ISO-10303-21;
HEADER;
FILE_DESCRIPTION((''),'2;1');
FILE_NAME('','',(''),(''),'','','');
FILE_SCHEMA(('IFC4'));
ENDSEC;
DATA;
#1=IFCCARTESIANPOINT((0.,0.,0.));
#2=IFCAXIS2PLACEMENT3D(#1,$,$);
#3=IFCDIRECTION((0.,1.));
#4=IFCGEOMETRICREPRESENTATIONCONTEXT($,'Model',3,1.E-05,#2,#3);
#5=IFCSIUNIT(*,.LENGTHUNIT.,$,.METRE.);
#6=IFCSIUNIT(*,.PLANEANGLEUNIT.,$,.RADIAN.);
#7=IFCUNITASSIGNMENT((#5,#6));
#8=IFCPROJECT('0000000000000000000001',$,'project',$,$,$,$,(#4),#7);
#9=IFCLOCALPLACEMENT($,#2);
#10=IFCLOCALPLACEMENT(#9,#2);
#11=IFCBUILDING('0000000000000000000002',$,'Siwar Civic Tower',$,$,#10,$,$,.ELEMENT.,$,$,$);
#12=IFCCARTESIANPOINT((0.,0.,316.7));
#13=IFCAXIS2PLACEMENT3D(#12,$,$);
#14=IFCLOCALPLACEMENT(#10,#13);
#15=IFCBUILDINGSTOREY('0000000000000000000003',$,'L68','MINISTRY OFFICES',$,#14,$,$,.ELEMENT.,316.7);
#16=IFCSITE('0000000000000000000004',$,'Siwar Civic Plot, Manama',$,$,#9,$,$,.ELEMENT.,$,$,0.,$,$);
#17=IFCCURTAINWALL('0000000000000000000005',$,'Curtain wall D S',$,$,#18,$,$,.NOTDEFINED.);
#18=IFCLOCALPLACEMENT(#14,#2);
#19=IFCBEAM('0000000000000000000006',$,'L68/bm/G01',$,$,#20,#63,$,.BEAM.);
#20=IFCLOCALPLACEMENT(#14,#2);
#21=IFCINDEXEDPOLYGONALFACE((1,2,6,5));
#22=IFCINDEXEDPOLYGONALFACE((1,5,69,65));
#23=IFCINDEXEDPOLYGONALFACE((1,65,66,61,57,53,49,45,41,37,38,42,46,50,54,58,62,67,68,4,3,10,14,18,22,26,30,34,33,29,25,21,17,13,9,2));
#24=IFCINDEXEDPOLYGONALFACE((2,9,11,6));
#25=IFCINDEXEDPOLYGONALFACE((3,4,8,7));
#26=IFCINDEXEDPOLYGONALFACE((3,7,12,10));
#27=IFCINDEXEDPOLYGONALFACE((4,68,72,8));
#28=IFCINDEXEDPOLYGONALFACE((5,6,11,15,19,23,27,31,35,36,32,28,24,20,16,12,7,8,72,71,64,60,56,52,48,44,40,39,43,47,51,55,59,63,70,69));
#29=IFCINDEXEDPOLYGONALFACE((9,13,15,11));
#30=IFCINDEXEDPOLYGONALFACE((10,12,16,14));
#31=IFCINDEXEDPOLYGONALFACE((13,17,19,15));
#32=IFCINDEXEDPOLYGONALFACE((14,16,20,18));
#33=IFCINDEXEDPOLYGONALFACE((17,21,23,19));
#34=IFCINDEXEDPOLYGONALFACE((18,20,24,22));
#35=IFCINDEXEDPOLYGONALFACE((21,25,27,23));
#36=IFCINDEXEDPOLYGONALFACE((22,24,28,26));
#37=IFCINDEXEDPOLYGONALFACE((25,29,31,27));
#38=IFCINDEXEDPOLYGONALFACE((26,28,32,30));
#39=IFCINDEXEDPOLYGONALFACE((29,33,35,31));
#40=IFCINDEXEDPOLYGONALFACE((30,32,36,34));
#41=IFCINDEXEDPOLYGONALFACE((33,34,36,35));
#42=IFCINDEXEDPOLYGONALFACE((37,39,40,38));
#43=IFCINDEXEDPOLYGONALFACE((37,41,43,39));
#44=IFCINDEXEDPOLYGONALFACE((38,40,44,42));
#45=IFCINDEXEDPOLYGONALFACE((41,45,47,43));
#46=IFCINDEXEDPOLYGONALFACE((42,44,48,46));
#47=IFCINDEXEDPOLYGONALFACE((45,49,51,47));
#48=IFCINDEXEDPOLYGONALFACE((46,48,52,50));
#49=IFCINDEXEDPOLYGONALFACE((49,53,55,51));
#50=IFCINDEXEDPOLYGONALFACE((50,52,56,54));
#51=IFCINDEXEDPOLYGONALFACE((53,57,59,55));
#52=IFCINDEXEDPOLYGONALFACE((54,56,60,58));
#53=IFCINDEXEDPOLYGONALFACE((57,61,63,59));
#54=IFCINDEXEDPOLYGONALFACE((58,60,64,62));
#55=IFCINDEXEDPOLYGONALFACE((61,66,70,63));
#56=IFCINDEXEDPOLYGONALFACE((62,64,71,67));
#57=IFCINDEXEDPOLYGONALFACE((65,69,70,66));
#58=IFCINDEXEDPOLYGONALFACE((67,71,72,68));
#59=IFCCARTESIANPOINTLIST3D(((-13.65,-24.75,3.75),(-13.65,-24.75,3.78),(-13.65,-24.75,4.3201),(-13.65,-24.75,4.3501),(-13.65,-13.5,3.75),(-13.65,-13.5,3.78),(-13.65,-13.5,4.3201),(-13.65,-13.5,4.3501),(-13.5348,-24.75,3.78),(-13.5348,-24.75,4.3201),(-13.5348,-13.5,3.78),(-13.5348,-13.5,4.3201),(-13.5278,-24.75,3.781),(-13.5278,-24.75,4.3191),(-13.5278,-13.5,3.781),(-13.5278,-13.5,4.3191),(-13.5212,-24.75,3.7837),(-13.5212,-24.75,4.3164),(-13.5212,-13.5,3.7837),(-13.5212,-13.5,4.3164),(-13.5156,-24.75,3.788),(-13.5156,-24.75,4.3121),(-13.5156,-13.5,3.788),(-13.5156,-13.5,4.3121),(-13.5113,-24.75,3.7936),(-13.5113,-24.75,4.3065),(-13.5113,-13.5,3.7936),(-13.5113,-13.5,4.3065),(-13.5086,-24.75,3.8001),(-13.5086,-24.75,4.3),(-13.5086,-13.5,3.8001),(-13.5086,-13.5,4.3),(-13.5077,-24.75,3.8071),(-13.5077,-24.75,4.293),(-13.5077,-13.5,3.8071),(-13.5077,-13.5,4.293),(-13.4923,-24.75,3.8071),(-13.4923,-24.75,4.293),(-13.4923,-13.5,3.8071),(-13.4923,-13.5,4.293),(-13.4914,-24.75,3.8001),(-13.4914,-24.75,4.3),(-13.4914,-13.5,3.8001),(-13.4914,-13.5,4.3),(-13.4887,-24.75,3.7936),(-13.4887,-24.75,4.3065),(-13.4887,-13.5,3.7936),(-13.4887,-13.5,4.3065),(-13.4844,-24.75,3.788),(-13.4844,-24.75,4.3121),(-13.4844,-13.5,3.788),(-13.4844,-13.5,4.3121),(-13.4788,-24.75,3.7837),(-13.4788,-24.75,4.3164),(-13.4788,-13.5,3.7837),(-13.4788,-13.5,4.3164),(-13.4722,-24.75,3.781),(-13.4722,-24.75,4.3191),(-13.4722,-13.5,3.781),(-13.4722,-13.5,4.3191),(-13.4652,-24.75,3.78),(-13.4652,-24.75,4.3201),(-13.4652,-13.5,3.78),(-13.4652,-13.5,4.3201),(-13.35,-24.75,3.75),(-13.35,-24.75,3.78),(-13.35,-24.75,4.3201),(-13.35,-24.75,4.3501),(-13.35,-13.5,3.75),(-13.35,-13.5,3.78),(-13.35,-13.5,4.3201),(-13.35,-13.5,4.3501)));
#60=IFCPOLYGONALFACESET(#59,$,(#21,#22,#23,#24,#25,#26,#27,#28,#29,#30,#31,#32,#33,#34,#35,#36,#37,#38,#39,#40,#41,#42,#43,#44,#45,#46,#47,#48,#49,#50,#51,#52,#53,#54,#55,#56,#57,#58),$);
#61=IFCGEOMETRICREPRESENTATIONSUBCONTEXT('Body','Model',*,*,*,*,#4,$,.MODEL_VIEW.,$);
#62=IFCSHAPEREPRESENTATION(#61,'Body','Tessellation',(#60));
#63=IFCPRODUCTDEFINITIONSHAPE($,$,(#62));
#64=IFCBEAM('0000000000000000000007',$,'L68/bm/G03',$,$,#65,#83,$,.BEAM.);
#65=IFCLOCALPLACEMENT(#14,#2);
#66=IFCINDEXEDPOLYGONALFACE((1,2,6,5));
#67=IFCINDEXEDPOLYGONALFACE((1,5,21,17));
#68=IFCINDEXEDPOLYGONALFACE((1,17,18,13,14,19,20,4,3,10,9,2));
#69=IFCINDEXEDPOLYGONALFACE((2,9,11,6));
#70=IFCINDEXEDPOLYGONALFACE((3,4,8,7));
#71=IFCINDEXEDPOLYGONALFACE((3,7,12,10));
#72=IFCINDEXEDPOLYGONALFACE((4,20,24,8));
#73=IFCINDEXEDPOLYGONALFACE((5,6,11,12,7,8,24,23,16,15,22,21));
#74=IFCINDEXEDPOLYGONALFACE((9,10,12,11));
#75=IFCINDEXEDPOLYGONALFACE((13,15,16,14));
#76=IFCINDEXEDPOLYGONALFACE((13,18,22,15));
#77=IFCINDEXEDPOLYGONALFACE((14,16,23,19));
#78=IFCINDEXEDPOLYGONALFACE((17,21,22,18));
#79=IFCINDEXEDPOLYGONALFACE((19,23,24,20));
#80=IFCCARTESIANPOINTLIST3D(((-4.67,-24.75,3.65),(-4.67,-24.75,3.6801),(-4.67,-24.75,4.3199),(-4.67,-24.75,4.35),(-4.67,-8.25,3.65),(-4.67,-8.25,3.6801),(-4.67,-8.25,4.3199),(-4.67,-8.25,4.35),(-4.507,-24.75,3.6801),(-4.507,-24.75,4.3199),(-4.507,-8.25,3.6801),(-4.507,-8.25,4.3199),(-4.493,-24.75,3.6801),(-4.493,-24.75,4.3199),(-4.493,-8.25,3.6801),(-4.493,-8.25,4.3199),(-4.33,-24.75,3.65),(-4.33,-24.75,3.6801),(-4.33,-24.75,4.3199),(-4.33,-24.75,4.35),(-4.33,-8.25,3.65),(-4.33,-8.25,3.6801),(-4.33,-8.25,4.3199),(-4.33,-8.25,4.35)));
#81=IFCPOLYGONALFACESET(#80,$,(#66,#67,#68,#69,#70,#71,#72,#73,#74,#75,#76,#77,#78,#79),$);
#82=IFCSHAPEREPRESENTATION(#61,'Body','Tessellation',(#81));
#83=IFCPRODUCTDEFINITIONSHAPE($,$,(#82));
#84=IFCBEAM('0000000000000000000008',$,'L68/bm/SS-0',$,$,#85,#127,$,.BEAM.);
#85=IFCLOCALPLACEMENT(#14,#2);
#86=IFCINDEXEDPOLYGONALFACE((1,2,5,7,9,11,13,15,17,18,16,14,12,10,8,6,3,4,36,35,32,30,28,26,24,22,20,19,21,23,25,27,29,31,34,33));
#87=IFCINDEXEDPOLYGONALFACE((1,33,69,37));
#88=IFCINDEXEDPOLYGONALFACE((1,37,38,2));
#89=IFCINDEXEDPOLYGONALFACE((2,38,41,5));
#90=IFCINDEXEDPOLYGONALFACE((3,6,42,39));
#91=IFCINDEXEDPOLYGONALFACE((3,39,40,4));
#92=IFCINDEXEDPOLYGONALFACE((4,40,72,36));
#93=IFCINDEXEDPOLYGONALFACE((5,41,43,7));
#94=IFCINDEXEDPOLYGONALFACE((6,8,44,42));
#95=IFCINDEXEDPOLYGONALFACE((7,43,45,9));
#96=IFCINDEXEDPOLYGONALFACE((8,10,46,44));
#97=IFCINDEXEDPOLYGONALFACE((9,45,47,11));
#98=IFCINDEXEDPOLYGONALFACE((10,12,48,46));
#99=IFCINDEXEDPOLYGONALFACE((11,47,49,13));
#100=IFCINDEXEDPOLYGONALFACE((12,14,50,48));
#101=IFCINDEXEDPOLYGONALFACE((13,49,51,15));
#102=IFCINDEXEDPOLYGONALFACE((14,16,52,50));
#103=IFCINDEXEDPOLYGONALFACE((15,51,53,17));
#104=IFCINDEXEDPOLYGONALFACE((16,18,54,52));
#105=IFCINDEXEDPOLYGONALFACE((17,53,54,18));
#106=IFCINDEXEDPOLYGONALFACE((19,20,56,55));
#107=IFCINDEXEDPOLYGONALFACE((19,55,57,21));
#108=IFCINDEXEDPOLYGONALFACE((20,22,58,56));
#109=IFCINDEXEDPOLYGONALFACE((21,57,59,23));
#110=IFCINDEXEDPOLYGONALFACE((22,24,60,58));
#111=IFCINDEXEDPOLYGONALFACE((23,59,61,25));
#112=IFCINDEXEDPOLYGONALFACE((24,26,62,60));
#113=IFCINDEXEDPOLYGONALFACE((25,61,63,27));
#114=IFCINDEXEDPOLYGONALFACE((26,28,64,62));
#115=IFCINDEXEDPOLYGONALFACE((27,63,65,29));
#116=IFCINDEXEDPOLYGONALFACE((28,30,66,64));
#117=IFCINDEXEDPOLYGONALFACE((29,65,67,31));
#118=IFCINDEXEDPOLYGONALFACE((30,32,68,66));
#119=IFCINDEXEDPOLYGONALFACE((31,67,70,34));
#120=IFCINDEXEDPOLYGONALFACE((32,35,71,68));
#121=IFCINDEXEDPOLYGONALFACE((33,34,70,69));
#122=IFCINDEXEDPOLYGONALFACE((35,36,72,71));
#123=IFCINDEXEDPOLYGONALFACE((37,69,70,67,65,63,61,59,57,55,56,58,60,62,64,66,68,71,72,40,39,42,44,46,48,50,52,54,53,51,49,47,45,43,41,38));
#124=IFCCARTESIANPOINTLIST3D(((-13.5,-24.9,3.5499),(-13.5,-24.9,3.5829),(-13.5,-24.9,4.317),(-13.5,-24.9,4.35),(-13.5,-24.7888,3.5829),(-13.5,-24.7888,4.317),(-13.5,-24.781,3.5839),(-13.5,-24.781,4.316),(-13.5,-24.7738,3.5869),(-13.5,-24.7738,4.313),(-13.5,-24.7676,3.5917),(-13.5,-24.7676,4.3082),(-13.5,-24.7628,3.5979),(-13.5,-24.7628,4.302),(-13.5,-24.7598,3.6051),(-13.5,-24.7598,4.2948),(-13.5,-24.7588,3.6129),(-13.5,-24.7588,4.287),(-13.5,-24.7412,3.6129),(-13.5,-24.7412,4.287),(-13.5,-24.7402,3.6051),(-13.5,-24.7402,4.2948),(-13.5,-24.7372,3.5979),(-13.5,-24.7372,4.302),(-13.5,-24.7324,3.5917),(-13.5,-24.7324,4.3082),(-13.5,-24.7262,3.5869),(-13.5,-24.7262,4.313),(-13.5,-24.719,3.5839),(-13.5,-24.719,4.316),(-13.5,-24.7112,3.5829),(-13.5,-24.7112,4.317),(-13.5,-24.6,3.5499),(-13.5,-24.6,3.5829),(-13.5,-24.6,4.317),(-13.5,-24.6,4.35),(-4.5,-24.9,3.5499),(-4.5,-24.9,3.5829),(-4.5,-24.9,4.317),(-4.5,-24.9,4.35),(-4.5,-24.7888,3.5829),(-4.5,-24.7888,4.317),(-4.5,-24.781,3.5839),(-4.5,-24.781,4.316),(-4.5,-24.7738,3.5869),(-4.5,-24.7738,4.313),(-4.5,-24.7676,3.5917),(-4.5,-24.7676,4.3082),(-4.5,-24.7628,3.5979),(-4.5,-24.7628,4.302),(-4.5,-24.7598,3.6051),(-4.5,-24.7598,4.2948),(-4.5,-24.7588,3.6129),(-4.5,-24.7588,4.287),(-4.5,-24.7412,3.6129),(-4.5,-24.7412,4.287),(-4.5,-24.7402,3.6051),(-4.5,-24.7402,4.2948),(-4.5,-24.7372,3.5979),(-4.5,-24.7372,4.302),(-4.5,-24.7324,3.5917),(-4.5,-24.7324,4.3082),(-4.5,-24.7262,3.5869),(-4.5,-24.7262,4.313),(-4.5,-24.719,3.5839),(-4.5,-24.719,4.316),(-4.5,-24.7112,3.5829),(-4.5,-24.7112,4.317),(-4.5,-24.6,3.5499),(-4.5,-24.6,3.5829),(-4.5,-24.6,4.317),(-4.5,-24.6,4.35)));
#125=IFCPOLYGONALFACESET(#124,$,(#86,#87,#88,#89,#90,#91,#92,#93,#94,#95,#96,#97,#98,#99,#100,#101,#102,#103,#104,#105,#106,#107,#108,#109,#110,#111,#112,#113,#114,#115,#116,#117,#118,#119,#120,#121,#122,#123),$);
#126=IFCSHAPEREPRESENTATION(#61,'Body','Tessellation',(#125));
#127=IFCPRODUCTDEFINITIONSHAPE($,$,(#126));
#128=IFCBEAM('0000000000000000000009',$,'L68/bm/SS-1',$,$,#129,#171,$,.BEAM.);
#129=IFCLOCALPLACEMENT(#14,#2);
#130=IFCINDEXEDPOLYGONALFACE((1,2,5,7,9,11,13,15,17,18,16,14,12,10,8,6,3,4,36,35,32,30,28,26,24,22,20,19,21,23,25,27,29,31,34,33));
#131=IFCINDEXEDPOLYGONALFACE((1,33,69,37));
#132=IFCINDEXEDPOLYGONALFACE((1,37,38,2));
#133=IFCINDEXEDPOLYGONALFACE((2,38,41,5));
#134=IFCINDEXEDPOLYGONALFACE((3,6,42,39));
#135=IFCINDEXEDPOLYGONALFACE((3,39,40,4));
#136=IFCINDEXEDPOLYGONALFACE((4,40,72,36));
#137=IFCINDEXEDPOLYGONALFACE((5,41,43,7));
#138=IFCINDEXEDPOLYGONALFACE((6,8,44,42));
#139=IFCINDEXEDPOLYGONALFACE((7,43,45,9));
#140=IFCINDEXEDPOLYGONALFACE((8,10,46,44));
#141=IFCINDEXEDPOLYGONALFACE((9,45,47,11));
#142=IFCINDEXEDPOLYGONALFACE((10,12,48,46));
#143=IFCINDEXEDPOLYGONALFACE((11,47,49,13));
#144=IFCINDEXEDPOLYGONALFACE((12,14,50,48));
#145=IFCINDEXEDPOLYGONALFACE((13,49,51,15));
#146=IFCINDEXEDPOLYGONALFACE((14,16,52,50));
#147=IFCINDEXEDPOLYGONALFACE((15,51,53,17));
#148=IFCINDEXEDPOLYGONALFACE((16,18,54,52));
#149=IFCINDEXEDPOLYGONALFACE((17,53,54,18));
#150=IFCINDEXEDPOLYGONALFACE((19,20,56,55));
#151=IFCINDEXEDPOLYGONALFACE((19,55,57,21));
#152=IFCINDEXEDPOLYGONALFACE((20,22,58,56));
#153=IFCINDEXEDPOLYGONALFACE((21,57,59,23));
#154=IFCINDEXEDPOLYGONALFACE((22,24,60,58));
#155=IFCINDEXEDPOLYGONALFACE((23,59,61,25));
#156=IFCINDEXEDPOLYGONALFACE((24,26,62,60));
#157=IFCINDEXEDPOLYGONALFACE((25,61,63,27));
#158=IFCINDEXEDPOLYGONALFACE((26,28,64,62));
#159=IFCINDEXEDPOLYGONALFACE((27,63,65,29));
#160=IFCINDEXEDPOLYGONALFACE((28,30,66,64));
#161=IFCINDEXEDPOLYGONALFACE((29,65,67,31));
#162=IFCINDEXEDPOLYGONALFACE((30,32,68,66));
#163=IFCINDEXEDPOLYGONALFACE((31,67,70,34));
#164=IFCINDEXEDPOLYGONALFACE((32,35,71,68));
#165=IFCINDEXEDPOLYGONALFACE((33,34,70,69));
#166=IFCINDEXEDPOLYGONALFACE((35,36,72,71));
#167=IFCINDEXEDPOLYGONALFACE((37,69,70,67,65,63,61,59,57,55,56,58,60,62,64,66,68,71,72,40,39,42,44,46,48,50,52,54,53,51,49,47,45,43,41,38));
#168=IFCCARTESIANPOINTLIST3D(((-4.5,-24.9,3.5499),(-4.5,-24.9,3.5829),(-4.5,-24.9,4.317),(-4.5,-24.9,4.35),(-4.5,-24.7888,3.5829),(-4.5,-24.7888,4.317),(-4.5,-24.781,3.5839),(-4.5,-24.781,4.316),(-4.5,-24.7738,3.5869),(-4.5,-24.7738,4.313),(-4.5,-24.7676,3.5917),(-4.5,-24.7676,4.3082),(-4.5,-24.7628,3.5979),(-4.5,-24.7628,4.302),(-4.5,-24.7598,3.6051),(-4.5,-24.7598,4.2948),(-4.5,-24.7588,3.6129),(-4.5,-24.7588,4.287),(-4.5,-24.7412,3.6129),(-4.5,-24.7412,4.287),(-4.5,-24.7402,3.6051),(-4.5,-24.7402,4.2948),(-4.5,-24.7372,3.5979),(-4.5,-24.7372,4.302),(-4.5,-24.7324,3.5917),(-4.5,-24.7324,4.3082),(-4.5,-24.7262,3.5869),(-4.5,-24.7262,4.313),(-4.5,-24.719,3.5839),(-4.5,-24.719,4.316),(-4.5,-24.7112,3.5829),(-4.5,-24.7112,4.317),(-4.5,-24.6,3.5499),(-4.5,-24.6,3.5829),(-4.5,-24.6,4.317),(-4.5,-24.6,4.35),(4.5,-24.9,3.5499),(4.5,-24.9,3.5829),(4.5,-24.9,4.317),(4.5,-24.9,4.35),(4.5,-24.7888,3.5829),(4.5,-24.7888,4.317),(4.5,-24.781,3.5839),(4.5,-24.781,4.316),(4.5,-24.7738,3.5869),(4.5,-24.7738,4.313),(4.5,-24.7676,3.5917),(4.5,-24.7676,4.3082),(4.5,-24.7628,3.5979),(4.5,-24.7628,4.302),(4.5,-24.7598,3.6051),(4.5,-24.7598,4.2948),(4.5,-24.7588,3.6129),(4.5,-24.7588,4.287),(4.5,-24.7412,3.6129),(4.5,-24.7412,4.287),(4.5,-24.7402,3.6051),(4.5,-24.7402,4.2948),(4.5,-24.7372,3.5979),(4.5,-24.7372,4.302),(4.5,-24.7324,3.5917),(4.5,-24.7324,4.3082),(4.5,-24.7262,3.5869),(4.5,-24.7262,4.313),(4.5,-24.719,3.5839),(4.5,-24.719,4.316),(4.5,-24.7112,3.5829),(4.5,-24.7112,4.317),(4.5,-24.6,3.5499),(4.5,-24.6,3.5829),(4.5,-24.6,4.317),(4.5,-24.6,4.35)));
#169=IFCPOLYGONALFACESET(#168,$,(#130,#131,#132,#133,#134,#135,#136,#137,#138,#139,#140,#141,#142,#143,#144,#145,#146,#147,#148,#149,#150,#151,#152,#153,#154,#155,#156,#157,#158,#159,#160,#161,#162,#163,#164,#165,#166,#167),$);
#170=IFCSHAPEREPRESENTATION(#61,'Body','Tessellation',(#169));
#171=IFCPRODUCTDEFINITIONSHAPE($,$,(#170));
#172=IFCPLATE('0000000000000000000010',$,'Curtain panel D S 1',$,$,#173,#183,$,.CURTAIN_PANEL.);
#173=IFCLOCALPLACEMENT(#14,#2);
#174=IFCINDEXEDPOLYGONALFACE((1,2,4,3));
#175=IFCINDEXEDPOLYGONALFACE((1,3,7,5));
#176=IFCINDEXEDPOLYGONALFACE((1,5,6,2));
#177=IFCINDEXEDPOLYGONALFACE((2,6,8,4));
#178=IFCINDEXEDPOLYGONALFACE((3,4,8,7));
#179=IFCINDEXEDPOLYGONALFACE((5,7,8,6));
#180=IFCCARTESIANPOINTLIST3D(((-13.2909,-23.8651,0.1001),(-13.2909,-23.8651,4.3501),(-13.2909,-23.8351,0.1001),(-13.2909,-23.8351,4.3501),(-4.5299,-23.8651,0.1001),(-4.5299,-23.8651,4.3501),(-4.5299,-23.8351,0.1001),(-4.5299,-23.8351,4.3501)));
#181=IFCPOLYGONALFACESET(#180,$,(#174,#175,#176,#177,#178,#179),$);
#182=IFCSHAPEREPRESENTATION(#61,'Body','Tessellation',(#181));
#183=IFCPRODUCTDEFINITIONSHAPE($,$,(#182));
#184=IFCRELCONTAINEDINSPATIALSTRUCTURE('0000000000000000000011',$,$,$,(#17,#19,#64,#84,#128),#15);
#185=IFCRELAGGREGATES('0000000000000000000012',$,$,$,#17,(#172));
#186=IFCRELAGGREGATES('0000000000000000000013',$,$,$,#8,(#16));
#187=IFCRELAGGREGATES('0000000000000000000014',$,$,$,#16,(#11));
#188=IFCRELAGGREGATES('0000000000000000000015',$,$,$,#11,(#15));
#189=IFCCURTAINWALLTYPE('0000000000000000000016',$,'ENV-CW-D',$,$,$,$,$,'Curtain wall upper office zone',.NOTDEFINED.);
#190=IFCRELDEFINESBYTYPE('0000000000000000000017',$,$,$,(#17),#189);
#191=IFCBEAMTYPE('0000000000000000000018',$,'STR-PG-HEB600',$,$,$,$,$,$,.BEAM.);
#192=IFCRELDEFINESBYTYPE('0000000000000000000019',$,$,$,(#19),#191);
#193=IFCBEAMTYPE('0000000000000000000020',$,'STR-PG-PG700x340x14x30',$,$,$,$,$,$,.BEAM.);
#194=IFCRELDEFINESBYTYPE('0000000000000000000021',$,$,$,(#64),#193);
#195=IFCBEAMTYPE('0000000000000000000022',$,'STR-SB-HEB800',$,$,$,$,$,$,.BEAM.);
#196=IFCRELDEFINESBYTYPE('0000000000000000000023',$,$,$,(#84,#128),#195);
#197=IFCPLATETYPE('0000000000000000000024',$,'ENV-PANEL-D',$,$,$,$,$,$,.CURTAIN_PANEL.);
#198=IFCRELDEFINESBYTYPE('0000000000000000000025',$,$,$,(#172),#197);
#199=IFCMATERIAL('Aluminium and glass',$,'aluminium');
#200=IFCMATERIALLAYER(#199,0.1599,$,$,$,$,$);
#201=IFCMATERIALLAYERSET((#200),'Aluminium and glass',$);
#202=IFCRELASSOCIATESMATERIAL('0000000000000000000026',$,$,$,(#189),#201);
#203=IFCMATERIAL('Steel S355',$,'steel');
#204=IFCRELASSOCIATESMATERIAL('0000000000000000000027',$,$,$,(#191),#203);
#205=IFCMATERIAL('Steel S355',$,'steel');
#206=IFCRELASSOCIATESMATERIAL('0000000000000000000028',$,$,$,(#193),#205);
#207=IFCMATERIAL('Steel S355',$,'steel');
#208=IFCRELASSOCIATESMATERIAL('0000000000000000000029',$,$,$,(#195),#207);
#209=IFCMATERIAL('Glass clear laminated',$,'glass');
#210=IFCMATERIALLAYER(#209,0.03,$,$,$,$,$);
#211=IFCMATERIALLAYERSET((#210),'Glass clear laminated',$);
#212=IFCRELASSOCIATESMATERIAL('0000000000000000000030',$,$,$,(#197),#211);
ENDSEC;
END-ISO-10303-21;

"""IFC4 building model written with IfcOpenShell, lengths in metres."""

from ifc_helpers import new_model, si_unit, direction, frame, origin, origin_2d, place, context, subcontext, project, spatial, rectangle, i_section, extrude, material, layer, layer_set, material_profile, profile_set, type_object, element, aggregate, save


model = new_model("IFC4")

# Units and contexts
model_context = context("Model", 3, precision=1e-05, world=origin(), true_north=direction((0.0, 1.0)))
body_context = subcontext(model_context, "Body", "Model", "MODEL_VIEW")
ifc_project = project(units=[si_unit("LENGTHUNIT", "METRE"), si_unit("PLANEANGLEUNIT", "RADIAN")], contexts=[model_context])

# Site, building, storey
site_placement = place(None, origin())
site = spatial("IfcSite", under=ifc_project, at=site_placement, Name="Siwar Civic Plot, Manama", CompositionType="ELEMENT", RefElevation=0.0)
building_placement = place(site_placement, origin())
building = spatial("IfcBuilding", under=site, at=building_placement, Name="Siwar Civic Tower", CompositionType="ELEMENT")
storey_placement = place(building_placement, frame((0.0, 0.0, 316.7)))
storey = spatial("IfcBuildingStorey", under=building, at=storey_placement, Name="L68", Description="MINISTRY OFFICES", CompositionType="ELEMENT", Elevation=316.7)

# Curtain wall
ifc_material_1 = material(Name="Aluminium and glass", Category="aluminium")
ifc_layer_1 = layer(ifc_material_1, 0.1599)
ifc_layer_set_1 = layer_set([ifc_layer_1], Name="Aluminium and glass")
curtain_wall_type = type_object("IfcCurtainWallType", Name="ENV-CW-D", ElementType="Curtain wall upper office zone", PredefinedType="NOTDEFINED", material=ifc_layer_set_1)
curtain_wall_placement = place(storey_placement, origin())
curtain_wall = element("IfcCurtainWall", 1, at=curtain_wall_placement, inside=storey, type_object=curtain_wall_type, Name="Curtain wall D S", PredefinedType="NOTDEFINED")

# Beams
ifc_material_2 = material(Name="Steel S355", Category="steel")
ifc_material_profile_1 = material_profile(ifc_material_2, i_section(OverallWidth=0.3, OverallDepth=0.6001, WebThickness=0.0154, FlangeThickness=0.03, FilletRadius=0.0271, at=origin_2d()), Name="HEB600")
ifc_profile_set_1 = profile_set([ifc_material_profile_1], Name="Steel S355")
beam_type_1 = type_object("IfcBeamType", Name="STR-PG-HEB600", PredefinedType="BEAM", material=ifc_profile_set_1)
beam_1_placement = place(storey_placement, frame((-13.5, -24.75, 4.05), z_axis=(0.0, 1.0, 0.0), x_axis=(-1.0, 0.0, 0.0)))
element("IfcBeam", 2, at=beam_1_placement, inside=storey, type_object=beam_type_1, Name="L68/bm/G01", PredefinedType="BEAM", context=body_context, shape_type="SweptSolid", body=[
    extrude(i_section(OverallWidth=0.3, OverallDepth=0.6001, WebThickness=0.0154, FlangeThickness=0.03, FilletRadius=0.0271, at=origin_2d()), origin(), (0.0, 0.0, 1.0), 11.25),
])
ifc_material_3 = material(Name="Steel S355", Category="steel")
ifc_material_profile_2 = material_profile(ifc_material_3, i_section(OverallWidth=0.3401, OverallDepth=0.7, WebThickness=0.0139, FlangeThickness=0.03, at=origin_2d()), Name="PG700x340x14x30")
ifc_profile_set_2 = profile_set([ifc_material_profile_2], Name="Steel S355")
beam_type_2 = type_object("IfcBeamType", Name="STR-PG-PG700x340x14x30", PredefinedType="BEAM", material=ifc_profile_set_2)
beam_2_placement = place(storey_placement, frame((-4.5, -24.75, 4.0), z_axis=(0.0, 1.0, 0.0), x_axis=(-1.0, 0.0, 0.0)))
element("IfcBeam", 3, at=beam_2_placement, inside=storey, type_object=beam_type_2, Name="L68/bm/G03", PredefinedType="BEAM", context=body_context, shape_type="SweptSolid", body=[
    extrude(i_section(OverallWidth=0.3401, OverallDepth=0.7, WebThickness=0.0139, FlangeThickness=0.03, at=origin_2d()), origin(), (0.0, 0.0, 1.0), 16.5),
])
ifc_material_4 = material(Name="Steel S355", Category="steel")
ifc_material_profile_3 = material_profile(ifc_material_4, i_section(OverallWidth=0.3, OverallDepth=0.8, WebThickness=0.0176, FlangeThickness=0.033, FilletRadius=0.03, at=origin_2d()), Name="HEB800")
ifc_profile_set_3 = profile_set([ifc_material_profile_3], Name="Steel S355")
beam_type_3 = type_object("IfcBeamType", Name="STR-SB-HEB800", PredefinedType="BEAM", material=ifc_profile_set_3)
for number, where, z_axis, x_axis, name in (
    (4, (-13.5, -24.75, 3.95), (1.0, 0.0, 0.0), (0.0, 1.0, 0.0), "L68/bm/SS-0"),
    (5, (-4.5, -24.75, 3.95), (1.0, 0.0, 0.0), (0.0, 1.0, 0.0), "L68/bm/SS-1"),
):
    element("IfcBeam", number, at=place(storey_placement, frame(where, z_axis=z_axis, x_axis=x_axis)), inside=storey, type_object=beam_type_3, Name=name, PredefinedType="BEAM", context=body_context, shape_type="SweptSolid", body=[
        extrude(i_section(OverallWidth=0.3, OverallDepth=0.8, WebThickness=0.0176, FlangeThickness=0.033, FilletRadius=0.03, at=origin_2d()), origin(), (0.0, 0.0, 1.0), 9.0),
    ])

# Plate
ifc_material_5 = material(Name="Glass clear laminated", Category="glass")
ifc_layer_2 = layer(ifc_material_5, 0.03)
ifc_layer_set_2 = layer_set([ifc_layer_2], Name="Glass clear laminated")
plate_type = type_object("IfcPlateType", Name="ENV-PANEL-D", PredefinedType="CURTAIN_PANEL", material=ifc_layer_set_2)
plate_placement = place(storey_placement, frame((-8.9104, -23.8501, 0.1001), z_axis=(0.0, 0.0, 1.0), x_axis=(1.0, 0.0, 0.0)))
plate = element("IfcPlate", 6, at=plate_placement, type_object=plate_type, Name="Curtain panel D S 1", PredefinedType="CURTAIN_PANEL", context=body_context, shape_type="SweptSolid", body=[
    extrude(rectangle(XDim=8.761, YDim=0.03, at=origin_2d()), origin(), (0.0, 0.0, 1.0), 4.25),
])
aggregate(curtain_wall, [plate])

save(model, "model.ifc")
